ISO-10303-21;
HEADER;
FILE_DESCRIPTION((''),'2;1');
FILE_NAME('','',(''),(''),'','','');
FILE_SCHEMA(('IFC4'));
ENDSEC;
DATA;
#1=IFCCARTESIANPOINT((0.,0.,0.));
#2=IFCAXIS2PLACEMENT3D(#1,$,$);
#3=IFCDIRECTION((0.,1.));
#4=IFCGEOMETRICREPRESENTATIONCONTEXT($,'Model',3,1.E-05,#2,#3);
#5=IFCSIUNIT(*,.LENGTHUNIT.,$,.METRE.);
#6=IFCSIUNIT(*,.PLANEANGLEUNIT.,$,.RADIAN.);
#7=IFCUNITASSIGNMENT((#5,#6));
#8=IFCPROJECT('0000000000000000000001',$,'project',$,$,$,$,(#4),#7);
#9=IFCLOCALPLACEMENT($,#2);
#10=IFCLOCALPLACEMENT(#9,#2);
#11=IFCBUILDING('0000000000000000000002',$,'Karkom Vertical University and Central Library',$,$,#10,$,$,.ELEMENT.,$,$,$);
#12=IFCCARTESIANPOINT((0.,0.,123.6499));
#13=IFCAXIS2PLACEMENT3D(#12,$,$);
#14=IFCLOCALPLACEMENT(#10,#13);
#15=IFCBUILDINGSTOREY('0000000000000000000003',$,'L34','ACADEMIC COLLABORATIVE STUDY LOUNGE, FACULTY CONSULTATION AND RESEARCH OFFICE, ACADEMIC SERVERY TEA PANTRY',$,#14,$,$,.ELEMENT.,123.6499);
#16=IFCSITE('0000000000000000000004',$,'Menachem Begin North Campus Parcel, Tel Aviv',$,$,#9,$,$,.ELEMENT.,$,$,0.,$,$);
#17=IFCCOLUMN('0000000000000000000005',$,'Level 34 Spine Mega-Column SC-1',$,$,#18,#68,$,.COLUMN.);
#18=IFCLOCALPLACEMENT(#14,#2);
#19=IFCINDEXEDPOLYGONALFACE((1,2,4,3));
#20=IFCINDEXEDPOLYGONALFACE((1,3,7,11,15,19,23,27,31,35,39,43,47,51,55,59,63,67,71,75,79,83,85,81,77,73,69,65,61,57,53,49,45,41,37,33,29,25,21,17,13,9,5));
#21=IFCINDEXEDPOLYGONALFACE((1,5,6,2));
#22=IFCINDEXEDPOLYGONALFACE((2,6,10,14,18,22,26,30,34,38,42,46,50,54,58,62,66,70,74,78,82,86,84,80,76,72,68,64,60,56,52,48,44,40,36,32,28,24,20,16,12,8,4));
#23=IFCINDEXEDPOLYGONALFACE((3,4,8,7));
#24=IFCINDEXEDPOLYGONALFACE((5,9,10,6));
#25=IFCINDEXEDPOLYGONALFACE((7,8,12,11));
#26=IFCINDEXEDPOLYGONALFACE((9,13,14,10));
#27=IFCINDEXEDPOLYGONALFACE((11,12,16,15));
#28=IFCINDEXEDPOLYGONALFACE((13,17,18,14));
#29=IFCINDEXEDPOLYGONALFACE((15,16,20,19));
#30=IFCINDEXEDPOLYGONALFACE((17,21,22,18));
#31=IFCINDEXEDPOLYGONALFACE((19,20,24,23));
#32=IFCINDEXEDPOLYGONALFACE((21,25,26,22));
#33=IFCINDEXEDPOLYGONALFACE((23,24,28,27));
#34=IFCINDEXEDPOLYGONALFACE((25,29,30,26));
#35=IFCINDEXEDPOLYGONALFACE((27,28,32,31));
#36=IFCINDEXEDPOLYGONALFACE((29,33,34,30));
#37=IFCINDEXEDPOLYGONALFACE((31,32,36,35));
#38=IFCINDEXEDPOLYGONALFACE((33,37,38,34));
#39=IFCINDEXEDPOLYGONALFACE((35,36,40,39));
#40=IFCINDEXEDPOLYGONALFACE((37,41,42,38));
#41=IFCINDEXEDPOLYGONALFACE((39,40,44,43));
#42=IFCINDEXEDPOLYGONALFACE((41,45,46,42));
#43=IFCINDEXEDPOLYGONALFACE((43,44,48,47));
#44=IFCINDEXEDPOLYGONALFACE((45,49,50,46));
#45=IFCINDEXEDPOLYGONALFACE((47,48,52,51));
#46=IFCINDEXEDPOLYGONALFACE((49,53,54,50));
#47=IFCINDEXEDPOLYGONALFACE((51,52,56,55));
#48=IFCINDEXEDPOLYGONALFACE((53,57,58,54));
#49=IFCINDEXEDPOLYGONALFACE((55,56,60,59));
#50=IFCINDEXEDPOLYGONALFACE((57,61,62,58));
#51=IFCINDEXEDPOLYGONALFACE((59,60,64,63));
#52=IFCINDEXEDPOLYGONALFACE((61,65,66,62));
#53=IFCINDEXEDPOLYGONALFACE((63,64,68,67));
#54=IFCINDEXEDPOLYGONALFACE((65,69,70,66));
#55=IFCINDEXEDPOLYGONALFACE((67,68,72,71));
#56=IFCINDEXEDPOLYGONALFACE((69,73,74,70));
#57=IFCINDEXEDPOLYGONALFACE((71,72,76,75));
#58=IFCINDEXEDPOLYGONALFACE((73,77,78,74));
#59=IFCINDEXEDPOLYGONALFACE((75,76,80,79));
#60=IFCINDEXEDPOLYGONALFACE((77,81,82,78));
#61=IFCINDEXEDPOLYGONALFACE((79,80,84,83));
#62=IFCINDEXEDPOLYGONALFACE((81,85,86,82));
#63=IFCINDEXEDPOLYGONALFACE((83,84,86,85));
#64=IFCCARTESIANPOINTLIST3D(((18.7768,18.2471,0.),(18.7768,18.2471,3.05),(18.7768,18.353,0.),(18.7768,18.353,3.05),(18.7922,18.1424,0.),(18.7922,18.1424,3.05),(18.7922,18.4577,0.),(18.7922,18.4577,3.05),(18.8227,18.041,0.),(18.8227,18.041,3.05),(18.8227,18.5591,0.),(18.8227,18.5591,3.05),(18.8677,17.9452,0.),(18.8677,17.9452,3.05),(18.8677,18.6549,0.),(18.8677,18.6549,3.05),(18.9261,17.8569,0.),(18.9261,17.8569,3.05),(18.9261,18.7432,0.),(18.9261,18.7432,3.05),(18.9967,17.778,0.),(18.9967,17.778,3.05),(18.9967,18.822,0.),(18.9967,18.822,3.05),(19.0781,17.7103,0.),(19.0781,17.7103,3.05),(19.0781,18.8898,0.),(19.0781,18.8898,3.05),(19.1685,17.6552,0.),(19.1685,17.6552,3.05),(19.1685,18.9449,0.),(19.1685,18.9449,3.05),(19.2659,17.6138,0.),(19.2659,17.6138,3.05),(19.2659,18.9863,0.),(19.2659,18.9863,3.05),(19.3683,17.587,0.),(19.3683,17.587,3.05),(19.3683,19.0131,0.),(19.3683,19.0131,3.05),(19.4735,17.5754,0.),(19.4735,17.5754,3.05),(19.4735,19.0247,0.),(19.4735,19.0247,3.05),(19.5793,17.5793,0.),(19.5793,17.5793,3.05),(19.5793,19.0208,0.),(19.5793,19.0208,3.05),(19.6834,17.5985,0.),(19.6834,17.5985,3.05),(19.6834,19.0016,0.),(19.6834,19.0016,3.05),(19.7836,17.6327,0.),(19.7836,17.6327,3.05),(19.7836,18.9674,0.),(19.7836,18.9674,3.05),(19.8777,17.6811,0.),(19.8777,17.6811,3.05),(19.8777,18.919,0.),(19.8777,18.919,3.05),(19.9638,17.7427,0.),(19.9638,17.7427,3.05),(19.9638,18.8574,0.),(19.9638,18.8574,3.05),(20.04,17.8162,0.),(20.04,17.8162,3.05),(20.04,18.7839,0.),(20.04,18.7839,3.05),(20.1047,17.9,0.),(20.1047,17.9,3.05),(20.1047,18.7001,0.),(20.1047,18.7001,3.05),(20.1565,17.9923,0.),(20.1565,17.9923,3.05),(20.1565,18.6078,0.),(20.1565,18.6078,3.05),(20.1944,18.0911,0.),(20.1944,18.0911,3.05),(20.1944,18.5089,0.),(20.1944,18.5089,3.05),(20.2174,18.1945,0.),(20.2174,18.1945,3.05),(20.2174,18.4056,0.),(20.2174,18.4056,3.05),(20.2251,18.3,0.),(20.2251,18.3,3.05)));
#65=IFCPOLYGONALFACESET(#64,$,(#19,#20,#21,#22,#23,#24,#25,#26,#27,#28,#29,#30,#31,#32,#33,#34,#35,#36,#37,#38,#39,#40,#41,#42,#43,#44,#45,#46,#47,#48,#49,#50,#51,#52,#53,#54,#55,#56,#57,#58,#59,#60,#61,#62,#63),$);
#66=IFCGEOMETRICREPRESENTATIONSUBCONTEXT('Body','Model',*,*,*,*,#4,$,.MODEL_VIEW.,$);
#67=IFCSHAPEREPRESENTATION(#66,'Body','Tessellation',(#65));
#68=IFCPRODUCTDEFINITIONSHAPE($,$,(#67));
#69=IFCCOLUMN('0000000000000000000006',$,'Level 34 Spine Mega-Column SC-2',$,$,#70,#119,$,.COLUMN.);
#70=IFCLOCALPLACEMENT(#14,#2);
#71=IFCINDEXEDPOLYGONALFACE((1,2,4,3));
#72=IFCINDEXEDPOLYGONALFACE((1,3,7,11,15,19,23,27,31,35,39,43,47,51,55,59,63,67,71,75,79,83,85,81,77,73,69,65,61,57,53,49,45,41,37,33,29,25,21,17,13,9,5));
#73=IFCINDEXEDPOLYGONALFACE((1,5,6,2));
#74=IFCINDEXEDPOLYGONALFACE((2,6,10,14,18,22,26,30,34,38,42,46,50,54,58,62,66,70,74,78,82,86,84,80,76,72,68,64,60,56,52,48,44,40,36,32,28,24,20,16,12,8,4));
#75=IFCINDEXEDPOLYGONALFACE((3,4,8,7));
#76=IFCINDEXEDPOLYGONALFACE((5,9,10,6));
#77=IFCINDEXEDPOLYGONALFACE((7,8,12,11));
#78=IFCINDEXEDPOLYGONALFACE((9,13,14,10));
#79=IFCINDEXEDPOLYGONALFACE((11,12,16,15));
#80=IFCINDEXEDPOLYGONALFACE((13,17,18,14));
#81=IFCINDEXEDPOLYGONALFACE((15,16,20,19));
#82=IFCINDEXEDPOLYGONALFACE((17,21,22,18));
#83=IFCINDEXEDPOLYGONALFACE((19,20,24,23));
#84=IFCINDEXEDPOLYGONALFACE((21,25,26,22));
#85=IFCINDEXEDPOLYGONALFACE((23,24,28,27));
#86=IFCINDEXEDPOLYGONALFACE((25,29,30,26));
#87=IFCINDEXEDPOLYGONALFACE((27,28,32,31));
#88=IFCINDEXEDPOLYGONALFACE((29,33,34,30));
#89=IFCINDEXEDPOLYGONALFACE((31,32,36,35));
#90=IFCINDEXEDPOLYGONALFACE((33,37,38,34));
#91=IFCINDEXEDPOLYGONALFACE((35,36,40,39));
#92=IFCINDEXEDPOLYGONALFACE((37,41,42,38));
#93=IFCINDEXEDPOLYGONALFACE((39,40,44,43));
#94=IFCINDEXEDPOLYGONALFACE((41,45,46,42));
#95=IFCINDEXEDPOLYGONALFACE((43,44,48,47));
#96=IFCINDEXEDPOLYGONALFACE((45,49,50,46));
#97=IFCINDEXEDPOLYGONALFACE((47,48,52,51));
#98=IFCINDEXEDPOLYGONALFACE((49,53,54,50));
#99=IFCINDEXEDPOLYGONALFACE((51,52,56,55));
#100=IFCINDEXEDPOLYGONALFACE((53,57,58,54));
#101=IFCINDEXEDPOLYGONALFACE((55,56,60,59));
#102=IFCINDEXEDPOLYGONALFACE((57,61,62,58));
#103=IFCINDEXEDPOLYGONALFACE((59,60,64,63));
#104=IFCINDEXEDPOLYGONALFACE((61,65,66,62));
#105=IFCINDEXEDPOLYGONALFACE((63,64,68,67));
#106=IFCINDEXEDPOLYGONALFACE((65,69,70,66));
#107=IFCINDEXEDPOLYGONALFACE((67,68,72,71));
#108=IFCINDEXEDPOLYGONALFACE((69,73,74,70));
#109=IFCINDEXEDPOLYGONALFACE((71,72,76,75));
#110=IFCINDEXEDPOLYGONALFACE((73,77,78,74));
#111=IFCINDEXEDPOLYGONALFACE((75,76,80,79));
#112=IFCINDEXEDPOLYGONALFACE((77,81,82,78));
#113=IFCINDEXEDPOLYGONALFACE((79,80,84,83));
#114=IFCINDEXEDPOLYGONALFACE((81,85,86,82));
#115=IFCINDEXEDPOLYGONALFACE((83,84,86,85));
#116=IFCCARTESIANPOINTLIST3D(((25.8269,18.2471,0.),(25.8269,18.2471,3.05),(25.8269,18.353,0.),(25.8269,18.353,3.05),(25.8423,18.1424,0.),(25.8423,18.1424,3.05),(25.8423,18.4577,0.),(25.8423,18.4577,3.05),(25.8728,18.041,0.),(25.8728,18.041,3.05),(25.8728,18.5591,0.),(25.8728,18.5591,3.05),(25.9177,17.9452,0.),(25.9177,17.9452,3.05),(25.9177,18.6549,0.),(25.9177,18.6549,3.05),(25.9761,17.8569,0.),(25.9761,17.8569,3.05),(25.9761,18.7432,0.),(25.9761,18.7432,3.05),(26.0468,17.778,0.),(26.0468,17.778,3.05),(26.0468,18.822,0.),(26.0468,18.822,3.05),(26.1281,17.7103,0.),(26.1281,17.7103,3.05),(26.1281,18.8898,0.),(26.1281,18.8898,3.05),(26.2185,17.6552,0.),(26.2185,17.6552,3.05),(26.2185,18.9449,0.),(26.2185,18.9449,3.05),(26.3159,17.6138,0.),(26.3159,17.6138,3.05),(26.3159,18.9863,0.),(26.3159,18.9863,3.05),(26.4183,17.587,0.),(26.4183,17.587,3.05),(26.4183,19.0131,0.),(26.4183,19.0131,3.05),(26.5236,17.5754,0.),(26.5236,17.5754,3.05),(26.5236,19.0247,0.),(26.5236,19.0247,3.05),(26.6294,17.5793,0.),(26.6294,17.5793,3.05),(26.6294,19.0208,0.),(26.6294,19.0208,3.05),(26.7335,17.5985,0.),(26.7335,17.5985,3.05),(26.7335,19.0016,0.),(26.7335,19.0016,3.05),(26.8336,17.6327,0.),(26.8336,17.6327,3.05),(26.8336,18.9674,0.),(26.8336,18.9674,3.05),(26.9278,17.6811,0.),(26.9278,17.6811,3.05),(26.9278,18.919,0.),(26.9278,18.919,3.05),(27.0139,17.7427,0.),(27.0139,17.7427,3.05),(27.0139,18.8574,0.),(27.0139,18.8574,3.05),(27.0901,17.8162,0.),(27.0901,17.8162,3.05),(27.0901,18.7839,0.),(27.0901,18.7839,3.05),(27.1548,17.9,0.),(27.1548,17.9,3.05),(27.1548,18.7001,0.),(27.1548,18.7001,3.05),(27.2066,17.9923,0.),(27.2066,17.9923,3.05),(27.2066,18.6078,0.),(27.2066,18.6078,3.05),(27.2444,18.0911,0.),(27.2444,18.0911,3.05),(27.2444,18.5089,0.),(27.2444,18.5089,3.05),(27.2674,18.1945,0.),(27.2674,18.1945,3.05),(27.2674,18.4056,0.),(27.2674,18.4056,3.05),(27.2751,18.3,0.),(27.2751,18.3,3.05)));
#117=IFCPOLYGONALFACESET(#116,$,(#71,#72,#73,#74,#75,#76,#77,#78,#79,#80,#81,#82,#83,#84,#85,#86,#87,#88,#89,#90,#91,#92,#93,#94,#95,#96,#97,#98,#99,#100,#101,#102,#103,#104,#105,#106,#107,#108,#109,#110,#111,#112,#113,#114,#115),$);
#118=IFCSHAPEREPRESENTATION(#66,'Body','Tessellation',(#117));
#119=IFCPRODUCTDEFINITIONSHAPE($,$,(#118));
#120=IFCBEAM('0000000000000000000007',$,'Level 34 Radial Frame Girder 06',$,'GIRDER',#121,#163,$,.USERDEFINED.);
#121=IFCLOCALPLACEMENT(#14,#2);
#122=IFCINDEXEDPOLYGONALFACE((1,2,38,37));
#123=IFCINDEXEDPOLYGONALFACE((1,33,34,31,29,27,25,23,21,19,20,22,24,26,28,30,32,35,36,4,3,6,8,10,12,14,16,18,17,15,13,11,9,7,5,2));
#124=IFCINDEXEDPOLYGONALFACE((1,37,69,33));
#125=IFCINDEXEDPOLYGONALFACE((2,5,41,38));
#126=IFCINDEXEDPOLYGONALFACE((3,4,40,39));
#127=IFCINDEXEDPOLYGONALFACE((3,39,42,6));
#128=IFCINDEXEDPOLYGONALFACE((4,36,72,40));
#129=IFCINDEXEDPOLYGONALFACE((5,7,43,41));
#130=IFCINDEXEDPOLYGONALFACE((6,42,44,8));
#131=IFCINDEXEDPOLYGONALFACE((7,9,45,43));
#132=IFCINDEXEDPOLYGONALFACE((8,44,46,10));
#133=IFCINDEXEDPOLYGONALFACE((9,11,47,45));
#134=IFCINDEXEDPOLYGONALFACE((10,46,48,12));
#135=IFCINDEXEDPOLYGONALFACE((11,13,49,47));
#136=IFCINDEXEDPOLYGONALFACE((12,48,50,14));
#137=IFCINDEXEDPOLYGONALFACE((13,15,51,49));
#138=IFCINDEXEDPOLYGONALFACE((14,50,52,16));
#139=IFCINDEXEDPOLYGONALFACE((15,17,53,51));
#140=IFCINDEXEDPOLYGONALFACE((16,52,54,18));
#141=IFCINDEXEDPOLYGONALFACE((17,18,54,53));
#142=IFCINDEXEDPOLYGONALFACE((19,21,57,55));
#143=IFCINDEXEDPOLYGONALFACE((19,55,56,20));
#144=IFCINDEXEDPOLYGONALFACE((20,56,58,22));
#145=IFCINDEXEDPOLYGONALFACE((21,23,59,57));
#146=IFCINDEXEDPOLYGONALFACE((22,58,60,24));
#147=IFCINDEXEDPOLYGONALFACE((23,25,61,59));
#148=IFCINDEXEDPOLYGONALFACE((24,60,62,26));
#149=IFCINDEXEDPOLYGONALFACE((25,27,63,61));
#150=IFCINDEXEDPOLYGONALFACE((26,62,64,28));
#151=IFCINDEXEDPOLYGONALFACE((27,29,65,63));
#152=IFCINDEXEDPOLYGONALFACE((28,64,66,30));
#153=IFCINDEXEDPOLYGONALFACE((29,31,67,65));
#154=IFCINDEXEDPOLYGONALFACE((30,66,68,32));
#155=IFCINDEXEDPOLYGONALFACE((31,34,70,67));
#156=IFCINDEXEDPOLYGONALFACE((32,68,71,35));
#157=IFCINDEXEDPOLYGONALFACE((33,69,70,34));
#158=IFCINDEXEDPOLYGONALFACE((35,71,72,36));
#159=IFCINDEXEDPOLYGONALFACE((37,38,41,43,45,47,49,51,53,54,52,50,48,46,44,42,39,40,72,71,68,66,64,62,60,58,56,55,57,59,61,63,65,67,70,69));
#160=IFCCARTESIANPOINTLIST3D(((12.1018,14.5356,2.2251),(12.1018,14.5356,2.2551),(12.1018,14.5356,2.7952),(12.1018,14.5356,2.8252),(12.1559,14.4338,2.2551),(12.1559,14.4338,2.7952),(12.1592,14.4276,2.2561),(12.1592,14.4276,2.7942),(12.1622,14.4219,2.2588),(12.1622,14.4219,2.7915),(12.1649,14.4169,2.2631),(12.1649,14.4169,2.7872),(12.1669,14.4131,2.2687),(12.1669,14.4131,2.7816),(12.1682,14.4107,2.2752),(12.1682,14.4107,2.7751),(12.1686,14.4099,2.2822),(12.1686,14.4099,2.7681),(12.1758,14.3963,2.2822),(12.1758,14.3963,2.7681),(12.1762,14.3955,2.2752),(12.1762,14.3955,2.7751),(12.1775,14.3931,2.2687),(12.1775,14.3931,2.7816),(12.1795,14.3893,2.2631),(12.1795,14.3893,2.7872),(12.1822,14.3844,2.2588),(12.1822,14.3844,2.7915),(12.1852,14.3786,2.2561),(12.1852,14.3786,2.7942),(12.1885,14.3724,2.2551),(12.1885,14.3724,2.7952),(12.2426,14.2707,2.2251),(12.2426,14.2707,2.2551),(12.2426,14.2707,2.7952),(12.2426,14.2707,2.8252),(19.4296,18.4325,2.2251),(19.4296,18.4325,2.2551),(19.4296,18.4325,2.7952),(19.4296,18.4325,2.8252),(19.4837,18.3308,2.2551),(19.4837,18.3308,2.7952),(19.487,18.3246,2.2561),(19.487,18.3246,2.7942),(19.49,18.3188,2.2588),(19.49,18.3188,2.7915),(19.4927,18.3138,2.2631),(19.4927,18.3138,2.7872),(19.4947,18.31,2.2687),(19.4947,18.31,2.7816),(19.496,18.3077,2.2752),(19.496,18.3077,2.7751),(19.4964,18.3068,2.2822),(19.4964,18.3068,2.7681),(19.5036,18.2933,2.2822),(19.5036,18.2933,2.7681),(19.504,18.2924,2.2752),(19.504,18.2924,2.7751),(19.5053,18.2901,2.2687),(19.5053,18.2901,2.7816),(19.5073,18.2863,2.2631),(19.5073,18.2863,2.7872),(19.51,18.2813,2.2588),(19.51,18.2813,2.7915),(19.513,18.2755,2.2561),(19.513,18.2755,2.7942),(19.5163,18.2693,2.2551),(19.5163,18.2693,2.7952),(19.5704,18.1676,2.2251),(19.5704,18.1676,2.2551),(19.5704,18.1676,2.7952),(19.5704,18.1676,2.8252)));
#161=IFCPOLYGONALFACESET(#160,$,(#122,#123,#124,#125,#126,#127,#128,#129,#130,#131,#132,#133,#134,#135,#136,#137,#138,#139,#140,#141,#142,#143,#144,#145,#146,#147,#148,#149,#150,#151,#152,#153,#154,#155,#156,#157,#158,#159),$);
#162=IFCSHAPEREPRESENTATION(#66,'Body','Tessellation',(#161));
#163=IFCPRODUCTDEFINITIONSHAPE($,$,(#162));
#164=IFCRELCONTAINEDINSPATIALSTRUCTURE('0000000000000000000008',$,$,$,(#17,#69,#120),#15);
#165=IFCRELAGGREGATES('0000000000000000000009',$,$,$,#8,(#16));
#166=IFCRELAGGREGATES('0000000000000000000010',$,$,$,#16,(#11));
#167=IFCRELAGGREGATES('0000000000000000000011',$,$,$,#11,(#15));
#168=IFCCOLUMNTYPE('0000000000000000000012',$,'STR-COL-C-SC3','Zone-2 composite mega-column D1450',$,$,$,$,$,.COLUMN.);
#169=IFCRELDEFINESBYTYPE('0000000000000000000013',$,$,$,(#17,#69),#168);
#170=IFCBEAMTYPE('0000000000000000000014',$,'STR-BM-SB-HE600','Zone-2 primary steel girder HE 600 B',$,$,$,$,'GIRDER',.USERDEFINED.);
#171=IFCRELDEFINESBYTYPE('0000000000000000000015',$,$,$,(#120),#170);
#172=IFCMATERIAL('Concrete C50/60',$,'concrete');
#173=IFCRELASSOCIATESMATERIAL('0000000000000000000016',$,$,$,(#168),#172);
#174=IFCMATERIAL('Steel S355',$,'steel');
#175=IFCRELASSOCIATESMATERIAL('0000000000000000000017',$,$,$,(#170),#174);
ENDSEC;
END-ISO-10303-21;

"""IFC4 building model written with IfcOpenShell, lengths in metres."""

from ifc_helpers import new_model, si_unit, direction, frame, origin, origin_with_axes, origin_2d, place, context, subcontext, project, spatial, circle, i_section, extrude, source, transform, mapped, material, material_profile, profile_set, type_object, element, save


model = new_model("IFC4")

# Units and contexts
model_context = context("Model", 3, precision=1e-05, world=origin(), true_north=direction((0.0, 1.0)))
body_context = subcontext(model_context, "Body", "Model", "MODEL_VIEW")
ifc_project = project(units=[si_unit("LENGTHUNIT", "METRE"), si_unit("PLANEANGLEUNIT", "RADIAN")], contexts=[model_context])

# Site, building, storey
site_placement = place(None, origin())
site = spatial("IfcSite", under=ifc_project, at=site_placement, Name="Menachem Begin North Campus Parcel, Tel Aviv", CompositionType="ELEMENT", RefElevation=0.0)
building_placement = place(site_placement, origin())
building = spatial("IfcBuilding", under=site, at=building_placement, Name="Karkom Vertical University and Central Library", CompositionType="ELEMENT")
storey_placement = place(building_placement, frame((0.0, 0.0, 123.6499)))
storey = spatial("IfcBuildingStorey", under=building, at=storey_placement, Name="L34", Description="ACADEMIC COLLABORATIVE STUDY LOUNGE, FACULTY CONSULTATION AND RESEARCH OFFICE, ACADEMIC SERVERY TEA PANTRY", CompositionType="ELEMENT", Elevation=123.6499)

# Columns
ifc_material_1 = material(Name="Concrete C50/60", Category="concrete")
ifc_material_profile_1 = material_profile(ifc_material_1, circle(Radius=0.7251, at=origin_2d()), Name="CFT-D1450")
ifc_profile_set_1 = profile_set([ifc_material_profile_1], Name="Concrete C50/60")
column_type = type_object("IfcColumnType", Name="STR-COL-C-SC3", Description="Zone-2 composite mega-column D1450", PredefinedType="COLUMN", material=ifc_profile_set_1)
shared_shape_1 = source(origin_with_axes(), body_context, "Body", "SweptSolid", [
    extrude(circle(Radius=0.7251, at=origin_2d()), origin(), (0.0, 0.0, 1.0), 3.05),
])
for number, where, z_axis, x_axis, name in (
    (1, (19.5, 18.3, 0.0), (0.0, 0.0, 1.0), (1.0, 0.0, 0.0), "Level 34 Spine Mega-Column SC-1"),
    (2, (26.55, 18.3, 0.0), (0.0, 0.0, 1.0), (1.0, 0.0, 0.0), "Level 34 Spine Mega-Column SC-2"),
):
    element("IfcColumn", number, at=place(storey_placement, frame(where, z_axis=z_axis, x_axis=x_axis)), inside=storey, type_object=column_type, Name=name, PredefinedType="COLUMN", context=body_context, shape_type="MappedRepresentation", body=[
        mapped(shared_shape_1, transform((0.0, 0.0, 0.0), scale=1.0)),
    ])

# Beam
ifc_material_2 = material(Name="Steel S355", Category="steel")
ifc_material_profile_2 = material_profile(ifc_material_2, i_section(OverallWidth=0.3, OverallDepth=0.6001, WebThickness=0.0154, FlangeThickness=0.03, FilletRadius=0.0271, at=origin_2d()), Name="HE 600 B")
ifc_profile_set_2 = profile_set([ifc_material_profile_2], Name="Steel S355")
beam_type = type_object("IfcBeamType", Name="STR-BM-SB-HE600", Description="Zone-2 primary steel girder HE 600 B", ElementType="GIRDER", PredefinedType="USERDEFINED", material=ifc_profile_set_2)
shared_shape_2 = source(origin_with_axes(), body_context, "Body", "SweptSolid", [
    extrude(i_section(OverallWidth=0.3, OverallDepth=0.6001, WebThickness=0.0154, FlangeThickness=0.03, FilletRadius=0.0271, at=origin_2d()), origin(), (0.0, 0.0, 1.0), 8.2996),
])
beam_1_placement = place(storey_placement, frame((19.5, 18.3, 2.5251), z_axis=(-0.882914, -0.469534, 0.0), x_axis=(0.469534, -0.882914, 0.0)))
element("IfcBeam", 3, at=beam_1_placement, inside=storey, type_object=beam_type, Name="Level 34 Radial Frame Girder 06", ObjectType="GIRDER", PredefinedType="USERDEFINED", context=body_context, shape_type="MappedRepresentation", body=[
    mapped(shared_shape_2, transform((0.0, 0.0, 0.0), scale=1.0)),
])

save(model, "model.ifc")
